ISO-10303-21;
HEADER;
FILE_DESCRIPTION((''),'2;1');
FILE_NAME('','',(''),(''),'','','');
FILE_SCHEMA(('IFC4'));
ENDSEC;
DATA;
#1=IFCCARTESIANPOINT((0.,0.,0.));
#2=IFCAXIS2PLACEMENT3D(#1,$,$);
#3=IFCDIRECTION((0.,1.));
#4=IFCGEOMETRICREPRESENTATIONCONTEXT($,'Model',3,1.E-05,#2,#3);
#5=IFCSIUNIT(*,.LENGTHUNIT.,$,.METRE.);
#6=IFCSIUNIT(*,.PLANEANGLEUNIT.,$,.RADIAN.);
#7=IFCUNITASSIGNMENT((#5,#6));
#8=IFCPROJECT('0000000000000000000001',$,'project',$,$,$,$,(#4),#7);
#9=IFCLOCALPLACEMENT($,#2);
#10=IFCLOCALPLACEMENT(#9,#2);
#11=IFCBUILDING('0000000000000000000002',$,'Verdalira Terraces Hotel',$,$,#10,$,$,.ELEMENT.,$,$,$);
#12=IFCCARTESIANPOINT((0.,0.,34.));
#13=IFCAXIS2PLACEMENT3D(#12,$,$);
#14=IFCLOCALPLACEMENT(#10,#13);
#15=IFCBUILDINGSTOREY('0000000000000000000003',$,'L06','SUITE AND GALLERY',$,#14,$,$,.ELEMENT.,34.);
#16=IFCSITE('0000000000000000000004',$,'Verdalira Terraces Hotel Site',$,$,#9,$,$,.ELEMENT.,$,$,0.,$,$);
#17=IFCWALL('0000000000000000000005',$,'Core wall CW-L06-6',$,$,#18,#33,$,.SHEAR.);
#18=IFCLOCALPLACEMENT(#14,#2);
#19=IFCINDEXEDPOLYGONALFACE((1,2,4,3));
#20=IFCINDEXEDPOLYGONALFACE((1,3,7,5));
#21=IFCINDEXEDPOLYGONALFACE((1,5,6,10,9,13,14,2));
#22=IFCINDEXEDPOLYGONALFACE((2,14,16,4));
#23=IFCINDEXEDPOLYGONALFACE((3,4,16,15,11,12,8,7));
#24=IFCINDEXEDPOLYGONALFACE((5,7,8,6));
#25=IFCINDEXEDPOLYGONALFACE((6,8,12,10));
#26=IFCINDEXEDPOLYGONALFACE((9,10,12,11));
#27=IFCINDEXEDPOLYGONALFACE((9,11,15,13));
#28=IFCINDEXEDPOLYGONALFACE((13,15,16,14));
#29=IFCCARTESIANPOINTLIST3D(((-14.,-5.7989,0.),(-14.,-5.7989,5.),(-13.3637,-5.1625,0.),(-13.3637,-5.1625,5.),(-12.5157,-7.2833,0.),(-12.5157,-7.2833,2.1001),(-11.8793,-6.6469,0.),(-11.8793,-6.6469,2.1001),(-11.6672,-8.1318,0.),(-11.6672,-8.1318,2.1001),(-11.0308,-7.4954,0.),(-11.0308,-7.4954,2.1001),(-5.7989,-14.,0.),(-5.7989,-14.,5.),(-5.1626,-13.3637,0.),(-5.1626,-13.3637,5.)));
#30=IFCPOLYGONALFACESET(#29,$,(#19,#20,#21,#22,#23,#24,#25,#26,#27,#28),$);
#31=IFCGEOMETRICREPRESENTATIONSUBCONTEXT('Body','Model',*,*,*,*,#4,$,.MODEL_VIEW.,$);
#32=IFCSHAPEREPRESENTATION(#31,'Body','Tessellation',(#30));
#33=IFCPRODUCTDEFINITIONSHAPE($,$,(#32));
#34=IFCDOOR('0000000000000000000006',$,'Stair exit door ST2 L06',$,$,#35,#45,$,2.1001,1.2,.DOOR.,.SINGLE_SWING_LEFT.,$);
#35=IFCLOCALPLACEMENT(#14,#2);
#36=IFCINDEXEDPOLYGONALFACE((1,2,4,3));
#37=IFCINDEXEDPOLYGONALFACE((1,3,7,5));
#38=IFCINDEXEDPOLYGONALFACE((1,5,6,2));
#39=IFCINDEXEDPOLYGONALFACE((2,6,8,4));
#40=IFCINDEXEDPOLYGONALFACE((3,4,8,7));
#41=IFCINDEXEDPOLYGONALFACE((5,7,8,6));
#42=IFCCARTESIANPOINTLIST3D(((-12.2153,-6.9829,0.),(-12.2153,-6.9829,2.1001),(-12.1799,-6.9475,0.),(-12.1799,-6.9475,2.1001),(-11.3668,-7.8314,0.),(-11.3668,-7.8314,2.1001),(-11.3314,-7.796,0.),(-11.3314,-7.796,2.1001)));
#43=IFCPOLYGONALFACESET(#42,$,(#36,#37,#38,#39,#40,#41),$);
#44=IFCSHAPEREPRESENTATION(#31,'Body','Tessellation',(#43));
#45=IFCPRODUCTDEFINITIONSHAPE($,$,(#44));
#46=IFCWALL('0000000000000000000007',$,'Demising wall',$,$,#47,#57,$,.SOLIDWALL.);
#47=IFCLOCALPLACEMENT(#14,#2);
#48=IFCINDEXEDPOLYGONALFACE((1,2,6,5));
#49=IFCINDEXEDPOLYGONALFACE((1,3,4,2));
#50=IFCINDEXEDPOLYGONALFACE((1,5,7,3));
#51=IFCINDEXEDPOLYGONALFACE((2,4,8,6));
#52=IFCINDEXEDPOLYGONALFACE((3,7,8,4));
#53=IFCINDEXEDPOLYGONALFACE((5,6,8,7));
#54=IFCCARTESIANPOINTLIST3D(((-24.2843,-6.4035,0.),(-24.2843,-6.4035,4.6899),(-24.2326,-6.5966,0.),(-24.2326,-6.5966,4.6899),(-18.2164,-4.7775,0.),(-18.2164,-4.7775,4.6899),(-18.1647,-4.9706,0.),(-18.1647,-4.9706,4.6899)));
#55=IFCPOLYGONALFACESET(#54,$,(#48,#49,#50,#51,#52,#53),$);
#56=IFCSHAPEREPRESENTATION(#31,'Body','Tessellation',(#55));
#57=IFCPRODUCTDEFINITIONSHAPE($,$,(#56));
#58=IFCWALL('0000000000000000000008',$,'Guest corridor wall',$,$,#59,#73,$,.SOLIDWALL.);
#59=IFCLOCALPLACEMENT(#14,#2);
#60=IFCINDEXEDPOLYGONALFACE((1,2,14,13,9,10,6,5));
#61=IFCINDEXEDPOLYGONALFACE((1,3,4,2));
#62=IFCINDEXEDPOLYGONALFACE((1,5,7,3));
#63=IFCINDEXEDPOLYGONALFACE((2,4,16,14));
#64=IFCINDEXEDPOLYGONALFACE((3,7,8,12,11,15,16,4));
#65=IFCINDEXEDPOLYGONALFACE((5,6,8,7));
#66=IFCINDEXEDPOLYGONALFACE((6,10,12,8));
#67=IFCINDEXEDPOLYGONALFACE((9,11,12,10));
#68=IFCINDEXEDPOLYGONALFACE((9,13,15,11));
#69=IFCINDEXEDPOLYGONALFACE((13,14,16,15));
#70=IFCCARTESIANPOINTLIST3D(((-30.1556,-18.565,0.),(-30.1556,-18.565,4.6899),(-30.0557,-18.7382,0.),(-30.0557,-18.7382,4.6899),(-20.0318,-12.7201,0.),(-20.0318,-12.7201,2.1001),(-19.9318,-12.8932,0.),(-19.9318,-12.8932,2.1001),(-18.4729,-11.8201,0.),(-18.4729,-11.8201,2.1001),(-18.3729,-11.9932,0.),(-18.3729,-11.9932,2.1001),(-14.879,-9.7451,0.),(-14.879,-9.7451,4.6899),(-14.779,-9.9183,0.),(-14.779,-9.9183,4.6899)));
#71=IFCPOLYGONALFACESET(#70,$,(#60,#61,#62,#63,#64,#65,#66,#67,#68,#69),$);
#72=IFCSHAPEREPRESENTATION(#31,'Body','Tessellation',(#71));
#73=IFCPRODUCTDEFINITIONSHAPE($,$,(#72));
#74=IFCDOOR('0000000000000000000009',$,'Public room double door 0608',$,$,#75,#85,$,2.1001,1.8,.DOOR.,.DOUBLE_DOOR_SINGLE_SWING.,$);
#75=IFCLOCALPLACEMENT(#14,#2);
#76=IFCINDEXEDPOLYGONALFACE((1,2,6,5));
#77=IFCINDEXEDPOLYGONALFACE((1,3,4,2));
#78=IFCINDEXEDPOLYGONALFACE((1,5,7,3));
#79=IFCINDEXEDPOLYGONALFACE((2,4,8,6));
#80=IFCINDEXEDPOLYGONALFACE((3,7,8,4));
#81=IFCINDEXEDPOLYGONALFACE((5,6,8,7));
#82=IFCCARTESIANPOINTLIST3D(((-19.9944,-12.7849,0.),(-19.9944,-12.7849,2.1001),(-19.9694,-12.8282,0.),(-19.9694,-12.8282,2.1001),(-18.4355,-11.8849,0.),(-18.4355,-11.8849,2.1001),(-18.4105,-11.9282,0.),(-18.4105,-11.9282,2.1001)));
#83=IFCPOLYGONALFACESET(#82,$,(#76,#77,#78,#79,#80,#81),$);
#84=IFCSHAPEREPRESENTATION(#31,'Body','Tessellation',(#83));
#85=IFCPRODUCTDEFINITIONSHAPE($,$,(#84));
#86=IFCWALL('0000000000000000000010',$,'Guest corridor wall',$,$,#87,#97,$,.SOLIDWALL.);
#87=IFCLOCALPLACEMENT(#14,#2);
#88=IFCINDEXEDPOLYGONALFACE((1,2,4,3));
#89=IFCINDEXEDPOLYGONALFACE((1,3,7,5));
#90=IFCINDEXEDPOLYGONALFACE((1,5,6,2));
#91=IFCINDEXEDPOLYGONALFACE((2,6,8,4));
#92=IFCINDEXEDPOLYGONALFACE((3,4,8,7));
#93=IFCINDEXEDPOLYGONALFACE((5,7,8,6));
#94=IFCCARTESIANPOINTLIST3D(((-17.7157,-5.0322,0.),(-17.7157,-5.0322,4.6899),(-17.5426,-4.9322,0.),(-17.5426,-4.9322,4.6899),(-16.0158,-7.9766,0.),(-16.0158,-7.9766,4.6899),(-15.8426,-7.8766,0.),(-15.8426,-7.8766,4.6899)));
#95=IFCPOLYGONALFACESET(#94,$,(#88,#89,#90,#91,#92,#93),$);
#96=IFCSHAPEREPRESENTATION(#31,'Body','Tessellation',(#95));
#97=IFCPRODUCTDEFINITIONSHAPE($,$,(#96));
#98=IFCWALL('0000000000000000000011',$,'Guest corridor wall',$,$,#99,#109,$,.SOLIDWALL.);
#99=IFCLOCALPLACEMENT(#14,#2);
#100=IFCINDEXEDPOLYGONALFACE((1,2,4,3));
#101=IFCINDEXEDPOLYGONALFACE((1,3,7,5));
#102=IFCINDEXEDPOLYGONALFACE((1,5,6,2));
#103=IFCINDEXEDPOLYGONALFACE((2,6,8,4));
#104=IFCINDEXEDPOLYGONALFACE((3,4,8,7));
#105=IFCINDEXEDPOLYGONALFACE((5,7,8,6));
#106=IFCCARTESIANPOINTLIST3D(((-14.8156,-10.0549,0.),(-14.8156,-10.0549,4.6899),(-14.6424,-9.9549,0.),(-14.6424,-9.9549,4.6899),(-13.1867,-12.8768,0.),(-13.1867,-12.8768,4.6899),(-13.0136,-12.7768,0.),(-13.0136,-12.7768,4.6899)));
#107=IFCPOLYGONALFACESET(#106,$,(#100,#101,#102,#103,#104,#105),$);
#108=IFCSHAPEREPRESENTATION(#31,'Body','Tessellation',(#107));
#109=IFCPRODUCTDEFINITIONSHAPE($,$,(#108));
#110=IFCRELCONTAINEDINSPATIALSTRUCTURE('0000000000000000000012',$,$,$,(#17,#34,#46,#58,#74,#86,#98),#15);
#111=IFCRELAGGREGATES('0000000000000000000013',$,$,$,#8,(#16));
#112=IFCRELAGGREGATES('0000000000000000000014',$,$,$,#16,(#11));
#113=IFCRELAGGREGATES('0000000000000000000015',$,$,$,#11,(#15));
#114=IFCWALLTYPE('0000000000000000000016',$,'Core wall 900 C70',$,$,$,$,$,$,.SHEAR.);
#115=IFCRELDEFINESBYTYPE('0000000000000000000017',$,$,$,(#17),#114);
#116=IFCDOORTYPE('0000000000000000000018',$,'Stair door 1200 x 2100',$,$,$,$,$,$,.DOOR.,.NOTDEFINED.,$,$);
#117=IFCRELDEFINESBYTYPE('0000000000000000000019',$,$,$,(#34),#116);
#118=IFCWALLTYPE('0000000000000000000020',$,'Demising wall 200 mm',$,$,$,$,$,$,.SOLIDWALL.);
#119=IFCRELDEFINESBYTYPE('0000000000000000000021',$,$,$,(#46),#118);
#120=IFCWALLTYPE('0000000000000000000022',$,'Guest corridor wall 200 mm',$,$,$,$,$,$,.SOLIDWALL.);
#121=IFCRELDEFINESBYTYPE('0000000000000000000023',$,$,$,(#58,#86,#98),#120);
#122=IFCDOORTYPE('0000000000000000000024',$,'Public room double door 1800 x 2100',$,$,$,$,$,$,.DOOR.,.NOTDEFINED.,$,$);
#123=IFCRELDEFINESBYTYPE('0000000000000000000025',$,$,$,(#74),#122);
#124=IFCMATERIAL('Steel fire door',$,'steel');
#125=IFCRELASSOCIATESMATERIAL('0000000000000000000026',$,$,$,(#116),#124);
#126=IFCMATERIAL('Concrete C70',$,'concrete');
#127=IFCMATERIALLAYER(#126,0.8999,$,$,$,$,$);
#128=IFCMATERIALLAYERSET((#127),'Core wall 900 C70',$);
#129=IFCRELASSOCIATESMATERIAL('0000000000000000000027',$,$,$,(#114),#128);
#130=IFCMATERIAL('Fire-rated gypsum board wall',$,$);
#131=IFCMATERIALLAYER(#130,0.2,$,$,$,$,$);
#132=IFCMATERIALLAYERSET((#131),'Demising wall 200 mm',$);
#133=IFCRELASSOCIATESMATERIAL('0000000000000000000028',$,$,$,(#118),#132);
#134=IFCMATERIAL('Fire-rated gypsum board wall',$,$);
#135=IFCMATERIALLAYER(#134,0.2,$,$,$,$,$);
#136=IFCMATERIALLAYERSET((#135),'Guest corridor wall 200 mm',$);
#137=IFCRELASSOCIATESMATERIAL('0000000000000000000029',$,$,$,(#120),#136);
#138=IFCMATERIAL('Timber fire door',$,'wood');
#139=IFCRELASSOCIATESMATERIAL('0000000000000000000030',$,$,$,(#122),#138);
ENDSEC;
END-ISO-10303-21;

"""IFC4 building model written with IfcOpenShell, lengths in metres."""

from ifc_helpers import new_model, si_unit, direction, frame, frame_2d, origin, place, context, subcontext, project, spatial, rectangle, extrude, material, layer, layer_set, type_object, element, fill, save


model = new_model("IFC4")

# Units and contexts
model_context = context("Model", 3, precision=1e-05, world=origin(), true_north=direction((0.0, 1.0)))
body_context = subcontext(model_context, "Body", "Model", "MODEL_VIEW")
ifc_project = project(units=[si_unit("LENGTHUNIT", "METRE"), si_unit("PLANEANGLEUNIT", "RADIAN")], contexts=[model_context])

# Site, building, storey
site_placement = place(None, origin())
site = spatial("IfcSite", under=ifc_project, at=site_placement, Name="Verdalira Terraces Hotel Site", CompositionType="ELEMENT", RefElevation=0.0)
building_placement = place(site_placement, origin())
building = spatial("IfcBuilding", under=site, at=building_placement, Name="Verdalira Terraces Hotel", CompositionType="ELEMENT")
storey_placement = place(building_placement, frame((0.0, 0.0, 34.0)))
storey = spatial("IfcBuildingStorey", under=building, at=storey_placement, Name="L06", Description="SUITE AND GALLERY", CompositionType="ELEMENT", Elevation=34.0)

# Shared definitions
ifc_material_1 = material(Name="Steel fire door", Category="steel")
door_type_1 = type_object("IfcDoorType", Name="Stair door 1200 x 2100", OperationType="NOTDEFINED", PredefinedType="DOOR", material=ifc_material_1)

# Wall, opening, door
ifc_material_2 = material(Name="Concrete C70", Category="concrete")
ifc_layer_1 = layer(ifc_material_2, 0.8999)
ifc_layer_set_1 = layer_set([ifc_layer_1], Name="Core wall 900 C70")
wall_type_1 = type_object("IfcWallType", Name="Core wall 900 C70", PredefinedType="SHEAR", material=ifc_layer_set_1)
wall_1_placement = place(storey_placement, frame((-13.6819, -5.4807, 0.0), z_axis=(0.0, 0.0, 1.0), x_axis=(0.707107, -0.707107, 0.0)))
wall_1 = element("IfcWall", 1, at=wall_1_placement, inside=storey, type_object=wall_type_1, Name="Core wall CW-L06-6", PredefinedType="SHEAR", context=body_context, shape_type="SweptSolid", body=[
    extrude(rectangle(XDim=11.5981, YDim=0.8999, at=frame_2d((5.7991, 0.0))), origin(), (0.0, 0.0, 1.0), 5.0),
])
opening_1_placement = place(wall_1_placement, frame((2.0991, 0.0, 0.0)))
opening_1 = element("IfcOpeningElement", 2, at=opening_1_placement, cuts=wall_1, PredefinedType="OPENING", context=body_context, shape_type="SweptSolid", body=[
    extrude(rectangle(XDim=1.2, YDim=2.1001, at=frame_2d((0.6001, 1.05))), frame((0.0, 0.46, 0.0), z_axis=(0.0, -1.0, 0.0), x_axis=(1.0, 0.0, 0.0)), (0.0, 0.0, 1.0), 0.9199),
])
door_1_placement = place(opening_1_placement, origin())
door_1 = element("IfcDoor", 3, at=door_1_placement, inside=storey, type_object=door_type_1, Name="Stair exit door ST2 L06", OperationType="SINGLE_SWING_LEFT", OverallHeight=2.1001, OverallWidth=1.2, PredefinedType="DOOR", context=body_context, shape_type="SweptSolid", body=[
    extrude(rectangle(XDim=1.2, YDim=2.1001, at=frame_2d((0.6001, 1.05))), frame((0.0, 0.0249, 0.0), z_axis=(0.0, -1.0, 0.0), x_axis=(1.0, 0.0, 0.0)), (0.0, 0.0, 1.0), 0.05),
])
fill(opening_1, door_1)

# Wall
ifc_material_3 = material(Name="Fire-rated gypsum board wall")
ifc_layer_2 = layer(ifc_material_3, 0.2)
ifc_layer_set_2 = layer_set([ifc_layer_2], Name="Demising wall 200 mm")
wall_type_2 = type_object("IfcWallType", Name="Demising wall 200 mm", PredefinedType="SOLIDWALL", material=ifc_layer_set_2)
wall_2_placement = place(storey_placement, frame((-18.1904, -4.874, 0.0), z_axis=(0.0, 0.0, 1.0), x_axis=(-0.965922, -0.258833, 0.0)))
element("IfcWall", 4, at=wall_2_placement, inside=storey, type_object=wall_type_2, Name="Demising wall", PredefinedType="SOLIDWALL", context=body_context, shape_type="SweptSolid", body=[
    extrude(rectangle(XDim=6.282, YDim=0.2, at=frame_2d((3.1411, 0.0))), origin(), (0.0, 0.0, 1.0), 4.6899),
])

# Wall, opening, door
ifc_material_4 = material(Name="Fire-rated gypsum board wall")
ifc_layer_3 = layer(ifc_material_4, 0.2)
ifc_layer_set_3 = layer_set([ifc_layer_3], Name="Guest corridor wall 200 mm")
wall_type_3 = type_object("IfcWallType", Name="Guest corridor wall 200 mm", PredefinedType="SOLIDWALL", material=ifc_layer_set_3)
wall_3_placement = place(storey_placement, frame((-14.8291, -9.8318, 0.0), z_axis=(0.0, 0.0, 1.0), x_axis=(-0.866029, -0.499994, 0.0)))
wall_3 = element("IfcWall", 5, at=wall_3_placement, inside=storey, type_object=wall_type_3, Name="Guest corridor wall", PredefinedType="SOLIDWALL", context=body_context, shape_type="SweptSolid", body=[
    extrude(rectangle(XDim=17.6399, YDim=0.2, at=frame_2d((8.8198, 0.0))), origin(), (0.0, 0.0, 1.0), 4.6899),
])
opening_2_placement = place(wall_3_placement, frame((4.1499, 0.0, 0.0)))
opening_2 = element("IfcOpeningElement", 6, at=opening_2_placement, cuts=wall_3, PredefinedType="OPENING", context=body_context, shape_type="SweptSolid", body=[
    extrude(rectangle(XDim=1.8, YDim=2.1001, at=frame_2d((0.8999, 1.05))), frame((0.0, 0.1099, 0.0), z_axis=(0.0, -1.0, 0.0), x_axis=(1.0, 0.0, 0.0)), (0.0, 0.0, 1.0), 0.22),
])
ifc_material_5 = material(Name="Timber fire door", Category="wood")
door_type_2 = type_object("IfcDoorType", Name="Public room double door 1800 x 2100", OperationType="NOTDEFINED", PredefinedType="DOOR", material=ifc_material_5)
door_2_placement = place(opening_2_placement, origin())
door_2 = element("IfcDoor", 7, at=door_2_placement, inside=storey, type_object=door_type_2, Name="Public room double door 0608", OperationType="DOUBLE_DOOR_SINGLE_SWING", OverallHeight=2.1001, OverallWidth=1.8, PredefinedType="DOOR", context=body_context, shape_type="SweptSolid", body=[
    extrude(rectangle(XDim=1.8, YDim=2.1001, at=frame_2d((0.8999, 1.05))), frame((0.0, 0.0249, 0.0), z_axis=(0.0, -1.0, 0.0), x_axis=(1.0, 0.0, 0.0)), (0.0, 0.0, 1.0), 0.05),
])
fill(opening_2, door_2)

# Walls
wall_4_placement = place(storey_placement, frame((-17.6291, -4.9822, 0.0), z_axis=(0.0, 0.0, 1.0), x_axis=(0.500008, -0.866021, 0.0)))
element("IfcWall", 8, at=wall_4_placement, inside=storey, type_object=wall_type_3, Name="Guest corridor wall", PredefinedType="SOLIDWALL", context=body_context, shape_type="SweptSolid", body=[
    extrude(rectangle(XDim=3.3999, YDim=0.2, at=frame_2d((1.7, 0.0))), origin(), (0.0, 0.0, 1.0), 4.6899),
])
wall_5_placement = place(storey_placement, frame((-14.729, -10.0049, 0.0), z_axis=(0.0, 0.0, 1.0), x_axis=(0.499911, -0.866077, 0.0)))
element("IfcWall", 9, at=wall_5_placement, inside=storey, type_object=wall_type_3, Name="Guest corridor wall", PredefinedType="SOLIDWALL", context=body_context, shape_type="SweptSolid", body=[
    extrude(rectangle(XDim=3.2583, YDim=0.2, at=frame_2d((1.6292, 0.0))), origin(), (0.0, 0.0, 1.0), 4.6899),
])

save(model, "model.ifc")
